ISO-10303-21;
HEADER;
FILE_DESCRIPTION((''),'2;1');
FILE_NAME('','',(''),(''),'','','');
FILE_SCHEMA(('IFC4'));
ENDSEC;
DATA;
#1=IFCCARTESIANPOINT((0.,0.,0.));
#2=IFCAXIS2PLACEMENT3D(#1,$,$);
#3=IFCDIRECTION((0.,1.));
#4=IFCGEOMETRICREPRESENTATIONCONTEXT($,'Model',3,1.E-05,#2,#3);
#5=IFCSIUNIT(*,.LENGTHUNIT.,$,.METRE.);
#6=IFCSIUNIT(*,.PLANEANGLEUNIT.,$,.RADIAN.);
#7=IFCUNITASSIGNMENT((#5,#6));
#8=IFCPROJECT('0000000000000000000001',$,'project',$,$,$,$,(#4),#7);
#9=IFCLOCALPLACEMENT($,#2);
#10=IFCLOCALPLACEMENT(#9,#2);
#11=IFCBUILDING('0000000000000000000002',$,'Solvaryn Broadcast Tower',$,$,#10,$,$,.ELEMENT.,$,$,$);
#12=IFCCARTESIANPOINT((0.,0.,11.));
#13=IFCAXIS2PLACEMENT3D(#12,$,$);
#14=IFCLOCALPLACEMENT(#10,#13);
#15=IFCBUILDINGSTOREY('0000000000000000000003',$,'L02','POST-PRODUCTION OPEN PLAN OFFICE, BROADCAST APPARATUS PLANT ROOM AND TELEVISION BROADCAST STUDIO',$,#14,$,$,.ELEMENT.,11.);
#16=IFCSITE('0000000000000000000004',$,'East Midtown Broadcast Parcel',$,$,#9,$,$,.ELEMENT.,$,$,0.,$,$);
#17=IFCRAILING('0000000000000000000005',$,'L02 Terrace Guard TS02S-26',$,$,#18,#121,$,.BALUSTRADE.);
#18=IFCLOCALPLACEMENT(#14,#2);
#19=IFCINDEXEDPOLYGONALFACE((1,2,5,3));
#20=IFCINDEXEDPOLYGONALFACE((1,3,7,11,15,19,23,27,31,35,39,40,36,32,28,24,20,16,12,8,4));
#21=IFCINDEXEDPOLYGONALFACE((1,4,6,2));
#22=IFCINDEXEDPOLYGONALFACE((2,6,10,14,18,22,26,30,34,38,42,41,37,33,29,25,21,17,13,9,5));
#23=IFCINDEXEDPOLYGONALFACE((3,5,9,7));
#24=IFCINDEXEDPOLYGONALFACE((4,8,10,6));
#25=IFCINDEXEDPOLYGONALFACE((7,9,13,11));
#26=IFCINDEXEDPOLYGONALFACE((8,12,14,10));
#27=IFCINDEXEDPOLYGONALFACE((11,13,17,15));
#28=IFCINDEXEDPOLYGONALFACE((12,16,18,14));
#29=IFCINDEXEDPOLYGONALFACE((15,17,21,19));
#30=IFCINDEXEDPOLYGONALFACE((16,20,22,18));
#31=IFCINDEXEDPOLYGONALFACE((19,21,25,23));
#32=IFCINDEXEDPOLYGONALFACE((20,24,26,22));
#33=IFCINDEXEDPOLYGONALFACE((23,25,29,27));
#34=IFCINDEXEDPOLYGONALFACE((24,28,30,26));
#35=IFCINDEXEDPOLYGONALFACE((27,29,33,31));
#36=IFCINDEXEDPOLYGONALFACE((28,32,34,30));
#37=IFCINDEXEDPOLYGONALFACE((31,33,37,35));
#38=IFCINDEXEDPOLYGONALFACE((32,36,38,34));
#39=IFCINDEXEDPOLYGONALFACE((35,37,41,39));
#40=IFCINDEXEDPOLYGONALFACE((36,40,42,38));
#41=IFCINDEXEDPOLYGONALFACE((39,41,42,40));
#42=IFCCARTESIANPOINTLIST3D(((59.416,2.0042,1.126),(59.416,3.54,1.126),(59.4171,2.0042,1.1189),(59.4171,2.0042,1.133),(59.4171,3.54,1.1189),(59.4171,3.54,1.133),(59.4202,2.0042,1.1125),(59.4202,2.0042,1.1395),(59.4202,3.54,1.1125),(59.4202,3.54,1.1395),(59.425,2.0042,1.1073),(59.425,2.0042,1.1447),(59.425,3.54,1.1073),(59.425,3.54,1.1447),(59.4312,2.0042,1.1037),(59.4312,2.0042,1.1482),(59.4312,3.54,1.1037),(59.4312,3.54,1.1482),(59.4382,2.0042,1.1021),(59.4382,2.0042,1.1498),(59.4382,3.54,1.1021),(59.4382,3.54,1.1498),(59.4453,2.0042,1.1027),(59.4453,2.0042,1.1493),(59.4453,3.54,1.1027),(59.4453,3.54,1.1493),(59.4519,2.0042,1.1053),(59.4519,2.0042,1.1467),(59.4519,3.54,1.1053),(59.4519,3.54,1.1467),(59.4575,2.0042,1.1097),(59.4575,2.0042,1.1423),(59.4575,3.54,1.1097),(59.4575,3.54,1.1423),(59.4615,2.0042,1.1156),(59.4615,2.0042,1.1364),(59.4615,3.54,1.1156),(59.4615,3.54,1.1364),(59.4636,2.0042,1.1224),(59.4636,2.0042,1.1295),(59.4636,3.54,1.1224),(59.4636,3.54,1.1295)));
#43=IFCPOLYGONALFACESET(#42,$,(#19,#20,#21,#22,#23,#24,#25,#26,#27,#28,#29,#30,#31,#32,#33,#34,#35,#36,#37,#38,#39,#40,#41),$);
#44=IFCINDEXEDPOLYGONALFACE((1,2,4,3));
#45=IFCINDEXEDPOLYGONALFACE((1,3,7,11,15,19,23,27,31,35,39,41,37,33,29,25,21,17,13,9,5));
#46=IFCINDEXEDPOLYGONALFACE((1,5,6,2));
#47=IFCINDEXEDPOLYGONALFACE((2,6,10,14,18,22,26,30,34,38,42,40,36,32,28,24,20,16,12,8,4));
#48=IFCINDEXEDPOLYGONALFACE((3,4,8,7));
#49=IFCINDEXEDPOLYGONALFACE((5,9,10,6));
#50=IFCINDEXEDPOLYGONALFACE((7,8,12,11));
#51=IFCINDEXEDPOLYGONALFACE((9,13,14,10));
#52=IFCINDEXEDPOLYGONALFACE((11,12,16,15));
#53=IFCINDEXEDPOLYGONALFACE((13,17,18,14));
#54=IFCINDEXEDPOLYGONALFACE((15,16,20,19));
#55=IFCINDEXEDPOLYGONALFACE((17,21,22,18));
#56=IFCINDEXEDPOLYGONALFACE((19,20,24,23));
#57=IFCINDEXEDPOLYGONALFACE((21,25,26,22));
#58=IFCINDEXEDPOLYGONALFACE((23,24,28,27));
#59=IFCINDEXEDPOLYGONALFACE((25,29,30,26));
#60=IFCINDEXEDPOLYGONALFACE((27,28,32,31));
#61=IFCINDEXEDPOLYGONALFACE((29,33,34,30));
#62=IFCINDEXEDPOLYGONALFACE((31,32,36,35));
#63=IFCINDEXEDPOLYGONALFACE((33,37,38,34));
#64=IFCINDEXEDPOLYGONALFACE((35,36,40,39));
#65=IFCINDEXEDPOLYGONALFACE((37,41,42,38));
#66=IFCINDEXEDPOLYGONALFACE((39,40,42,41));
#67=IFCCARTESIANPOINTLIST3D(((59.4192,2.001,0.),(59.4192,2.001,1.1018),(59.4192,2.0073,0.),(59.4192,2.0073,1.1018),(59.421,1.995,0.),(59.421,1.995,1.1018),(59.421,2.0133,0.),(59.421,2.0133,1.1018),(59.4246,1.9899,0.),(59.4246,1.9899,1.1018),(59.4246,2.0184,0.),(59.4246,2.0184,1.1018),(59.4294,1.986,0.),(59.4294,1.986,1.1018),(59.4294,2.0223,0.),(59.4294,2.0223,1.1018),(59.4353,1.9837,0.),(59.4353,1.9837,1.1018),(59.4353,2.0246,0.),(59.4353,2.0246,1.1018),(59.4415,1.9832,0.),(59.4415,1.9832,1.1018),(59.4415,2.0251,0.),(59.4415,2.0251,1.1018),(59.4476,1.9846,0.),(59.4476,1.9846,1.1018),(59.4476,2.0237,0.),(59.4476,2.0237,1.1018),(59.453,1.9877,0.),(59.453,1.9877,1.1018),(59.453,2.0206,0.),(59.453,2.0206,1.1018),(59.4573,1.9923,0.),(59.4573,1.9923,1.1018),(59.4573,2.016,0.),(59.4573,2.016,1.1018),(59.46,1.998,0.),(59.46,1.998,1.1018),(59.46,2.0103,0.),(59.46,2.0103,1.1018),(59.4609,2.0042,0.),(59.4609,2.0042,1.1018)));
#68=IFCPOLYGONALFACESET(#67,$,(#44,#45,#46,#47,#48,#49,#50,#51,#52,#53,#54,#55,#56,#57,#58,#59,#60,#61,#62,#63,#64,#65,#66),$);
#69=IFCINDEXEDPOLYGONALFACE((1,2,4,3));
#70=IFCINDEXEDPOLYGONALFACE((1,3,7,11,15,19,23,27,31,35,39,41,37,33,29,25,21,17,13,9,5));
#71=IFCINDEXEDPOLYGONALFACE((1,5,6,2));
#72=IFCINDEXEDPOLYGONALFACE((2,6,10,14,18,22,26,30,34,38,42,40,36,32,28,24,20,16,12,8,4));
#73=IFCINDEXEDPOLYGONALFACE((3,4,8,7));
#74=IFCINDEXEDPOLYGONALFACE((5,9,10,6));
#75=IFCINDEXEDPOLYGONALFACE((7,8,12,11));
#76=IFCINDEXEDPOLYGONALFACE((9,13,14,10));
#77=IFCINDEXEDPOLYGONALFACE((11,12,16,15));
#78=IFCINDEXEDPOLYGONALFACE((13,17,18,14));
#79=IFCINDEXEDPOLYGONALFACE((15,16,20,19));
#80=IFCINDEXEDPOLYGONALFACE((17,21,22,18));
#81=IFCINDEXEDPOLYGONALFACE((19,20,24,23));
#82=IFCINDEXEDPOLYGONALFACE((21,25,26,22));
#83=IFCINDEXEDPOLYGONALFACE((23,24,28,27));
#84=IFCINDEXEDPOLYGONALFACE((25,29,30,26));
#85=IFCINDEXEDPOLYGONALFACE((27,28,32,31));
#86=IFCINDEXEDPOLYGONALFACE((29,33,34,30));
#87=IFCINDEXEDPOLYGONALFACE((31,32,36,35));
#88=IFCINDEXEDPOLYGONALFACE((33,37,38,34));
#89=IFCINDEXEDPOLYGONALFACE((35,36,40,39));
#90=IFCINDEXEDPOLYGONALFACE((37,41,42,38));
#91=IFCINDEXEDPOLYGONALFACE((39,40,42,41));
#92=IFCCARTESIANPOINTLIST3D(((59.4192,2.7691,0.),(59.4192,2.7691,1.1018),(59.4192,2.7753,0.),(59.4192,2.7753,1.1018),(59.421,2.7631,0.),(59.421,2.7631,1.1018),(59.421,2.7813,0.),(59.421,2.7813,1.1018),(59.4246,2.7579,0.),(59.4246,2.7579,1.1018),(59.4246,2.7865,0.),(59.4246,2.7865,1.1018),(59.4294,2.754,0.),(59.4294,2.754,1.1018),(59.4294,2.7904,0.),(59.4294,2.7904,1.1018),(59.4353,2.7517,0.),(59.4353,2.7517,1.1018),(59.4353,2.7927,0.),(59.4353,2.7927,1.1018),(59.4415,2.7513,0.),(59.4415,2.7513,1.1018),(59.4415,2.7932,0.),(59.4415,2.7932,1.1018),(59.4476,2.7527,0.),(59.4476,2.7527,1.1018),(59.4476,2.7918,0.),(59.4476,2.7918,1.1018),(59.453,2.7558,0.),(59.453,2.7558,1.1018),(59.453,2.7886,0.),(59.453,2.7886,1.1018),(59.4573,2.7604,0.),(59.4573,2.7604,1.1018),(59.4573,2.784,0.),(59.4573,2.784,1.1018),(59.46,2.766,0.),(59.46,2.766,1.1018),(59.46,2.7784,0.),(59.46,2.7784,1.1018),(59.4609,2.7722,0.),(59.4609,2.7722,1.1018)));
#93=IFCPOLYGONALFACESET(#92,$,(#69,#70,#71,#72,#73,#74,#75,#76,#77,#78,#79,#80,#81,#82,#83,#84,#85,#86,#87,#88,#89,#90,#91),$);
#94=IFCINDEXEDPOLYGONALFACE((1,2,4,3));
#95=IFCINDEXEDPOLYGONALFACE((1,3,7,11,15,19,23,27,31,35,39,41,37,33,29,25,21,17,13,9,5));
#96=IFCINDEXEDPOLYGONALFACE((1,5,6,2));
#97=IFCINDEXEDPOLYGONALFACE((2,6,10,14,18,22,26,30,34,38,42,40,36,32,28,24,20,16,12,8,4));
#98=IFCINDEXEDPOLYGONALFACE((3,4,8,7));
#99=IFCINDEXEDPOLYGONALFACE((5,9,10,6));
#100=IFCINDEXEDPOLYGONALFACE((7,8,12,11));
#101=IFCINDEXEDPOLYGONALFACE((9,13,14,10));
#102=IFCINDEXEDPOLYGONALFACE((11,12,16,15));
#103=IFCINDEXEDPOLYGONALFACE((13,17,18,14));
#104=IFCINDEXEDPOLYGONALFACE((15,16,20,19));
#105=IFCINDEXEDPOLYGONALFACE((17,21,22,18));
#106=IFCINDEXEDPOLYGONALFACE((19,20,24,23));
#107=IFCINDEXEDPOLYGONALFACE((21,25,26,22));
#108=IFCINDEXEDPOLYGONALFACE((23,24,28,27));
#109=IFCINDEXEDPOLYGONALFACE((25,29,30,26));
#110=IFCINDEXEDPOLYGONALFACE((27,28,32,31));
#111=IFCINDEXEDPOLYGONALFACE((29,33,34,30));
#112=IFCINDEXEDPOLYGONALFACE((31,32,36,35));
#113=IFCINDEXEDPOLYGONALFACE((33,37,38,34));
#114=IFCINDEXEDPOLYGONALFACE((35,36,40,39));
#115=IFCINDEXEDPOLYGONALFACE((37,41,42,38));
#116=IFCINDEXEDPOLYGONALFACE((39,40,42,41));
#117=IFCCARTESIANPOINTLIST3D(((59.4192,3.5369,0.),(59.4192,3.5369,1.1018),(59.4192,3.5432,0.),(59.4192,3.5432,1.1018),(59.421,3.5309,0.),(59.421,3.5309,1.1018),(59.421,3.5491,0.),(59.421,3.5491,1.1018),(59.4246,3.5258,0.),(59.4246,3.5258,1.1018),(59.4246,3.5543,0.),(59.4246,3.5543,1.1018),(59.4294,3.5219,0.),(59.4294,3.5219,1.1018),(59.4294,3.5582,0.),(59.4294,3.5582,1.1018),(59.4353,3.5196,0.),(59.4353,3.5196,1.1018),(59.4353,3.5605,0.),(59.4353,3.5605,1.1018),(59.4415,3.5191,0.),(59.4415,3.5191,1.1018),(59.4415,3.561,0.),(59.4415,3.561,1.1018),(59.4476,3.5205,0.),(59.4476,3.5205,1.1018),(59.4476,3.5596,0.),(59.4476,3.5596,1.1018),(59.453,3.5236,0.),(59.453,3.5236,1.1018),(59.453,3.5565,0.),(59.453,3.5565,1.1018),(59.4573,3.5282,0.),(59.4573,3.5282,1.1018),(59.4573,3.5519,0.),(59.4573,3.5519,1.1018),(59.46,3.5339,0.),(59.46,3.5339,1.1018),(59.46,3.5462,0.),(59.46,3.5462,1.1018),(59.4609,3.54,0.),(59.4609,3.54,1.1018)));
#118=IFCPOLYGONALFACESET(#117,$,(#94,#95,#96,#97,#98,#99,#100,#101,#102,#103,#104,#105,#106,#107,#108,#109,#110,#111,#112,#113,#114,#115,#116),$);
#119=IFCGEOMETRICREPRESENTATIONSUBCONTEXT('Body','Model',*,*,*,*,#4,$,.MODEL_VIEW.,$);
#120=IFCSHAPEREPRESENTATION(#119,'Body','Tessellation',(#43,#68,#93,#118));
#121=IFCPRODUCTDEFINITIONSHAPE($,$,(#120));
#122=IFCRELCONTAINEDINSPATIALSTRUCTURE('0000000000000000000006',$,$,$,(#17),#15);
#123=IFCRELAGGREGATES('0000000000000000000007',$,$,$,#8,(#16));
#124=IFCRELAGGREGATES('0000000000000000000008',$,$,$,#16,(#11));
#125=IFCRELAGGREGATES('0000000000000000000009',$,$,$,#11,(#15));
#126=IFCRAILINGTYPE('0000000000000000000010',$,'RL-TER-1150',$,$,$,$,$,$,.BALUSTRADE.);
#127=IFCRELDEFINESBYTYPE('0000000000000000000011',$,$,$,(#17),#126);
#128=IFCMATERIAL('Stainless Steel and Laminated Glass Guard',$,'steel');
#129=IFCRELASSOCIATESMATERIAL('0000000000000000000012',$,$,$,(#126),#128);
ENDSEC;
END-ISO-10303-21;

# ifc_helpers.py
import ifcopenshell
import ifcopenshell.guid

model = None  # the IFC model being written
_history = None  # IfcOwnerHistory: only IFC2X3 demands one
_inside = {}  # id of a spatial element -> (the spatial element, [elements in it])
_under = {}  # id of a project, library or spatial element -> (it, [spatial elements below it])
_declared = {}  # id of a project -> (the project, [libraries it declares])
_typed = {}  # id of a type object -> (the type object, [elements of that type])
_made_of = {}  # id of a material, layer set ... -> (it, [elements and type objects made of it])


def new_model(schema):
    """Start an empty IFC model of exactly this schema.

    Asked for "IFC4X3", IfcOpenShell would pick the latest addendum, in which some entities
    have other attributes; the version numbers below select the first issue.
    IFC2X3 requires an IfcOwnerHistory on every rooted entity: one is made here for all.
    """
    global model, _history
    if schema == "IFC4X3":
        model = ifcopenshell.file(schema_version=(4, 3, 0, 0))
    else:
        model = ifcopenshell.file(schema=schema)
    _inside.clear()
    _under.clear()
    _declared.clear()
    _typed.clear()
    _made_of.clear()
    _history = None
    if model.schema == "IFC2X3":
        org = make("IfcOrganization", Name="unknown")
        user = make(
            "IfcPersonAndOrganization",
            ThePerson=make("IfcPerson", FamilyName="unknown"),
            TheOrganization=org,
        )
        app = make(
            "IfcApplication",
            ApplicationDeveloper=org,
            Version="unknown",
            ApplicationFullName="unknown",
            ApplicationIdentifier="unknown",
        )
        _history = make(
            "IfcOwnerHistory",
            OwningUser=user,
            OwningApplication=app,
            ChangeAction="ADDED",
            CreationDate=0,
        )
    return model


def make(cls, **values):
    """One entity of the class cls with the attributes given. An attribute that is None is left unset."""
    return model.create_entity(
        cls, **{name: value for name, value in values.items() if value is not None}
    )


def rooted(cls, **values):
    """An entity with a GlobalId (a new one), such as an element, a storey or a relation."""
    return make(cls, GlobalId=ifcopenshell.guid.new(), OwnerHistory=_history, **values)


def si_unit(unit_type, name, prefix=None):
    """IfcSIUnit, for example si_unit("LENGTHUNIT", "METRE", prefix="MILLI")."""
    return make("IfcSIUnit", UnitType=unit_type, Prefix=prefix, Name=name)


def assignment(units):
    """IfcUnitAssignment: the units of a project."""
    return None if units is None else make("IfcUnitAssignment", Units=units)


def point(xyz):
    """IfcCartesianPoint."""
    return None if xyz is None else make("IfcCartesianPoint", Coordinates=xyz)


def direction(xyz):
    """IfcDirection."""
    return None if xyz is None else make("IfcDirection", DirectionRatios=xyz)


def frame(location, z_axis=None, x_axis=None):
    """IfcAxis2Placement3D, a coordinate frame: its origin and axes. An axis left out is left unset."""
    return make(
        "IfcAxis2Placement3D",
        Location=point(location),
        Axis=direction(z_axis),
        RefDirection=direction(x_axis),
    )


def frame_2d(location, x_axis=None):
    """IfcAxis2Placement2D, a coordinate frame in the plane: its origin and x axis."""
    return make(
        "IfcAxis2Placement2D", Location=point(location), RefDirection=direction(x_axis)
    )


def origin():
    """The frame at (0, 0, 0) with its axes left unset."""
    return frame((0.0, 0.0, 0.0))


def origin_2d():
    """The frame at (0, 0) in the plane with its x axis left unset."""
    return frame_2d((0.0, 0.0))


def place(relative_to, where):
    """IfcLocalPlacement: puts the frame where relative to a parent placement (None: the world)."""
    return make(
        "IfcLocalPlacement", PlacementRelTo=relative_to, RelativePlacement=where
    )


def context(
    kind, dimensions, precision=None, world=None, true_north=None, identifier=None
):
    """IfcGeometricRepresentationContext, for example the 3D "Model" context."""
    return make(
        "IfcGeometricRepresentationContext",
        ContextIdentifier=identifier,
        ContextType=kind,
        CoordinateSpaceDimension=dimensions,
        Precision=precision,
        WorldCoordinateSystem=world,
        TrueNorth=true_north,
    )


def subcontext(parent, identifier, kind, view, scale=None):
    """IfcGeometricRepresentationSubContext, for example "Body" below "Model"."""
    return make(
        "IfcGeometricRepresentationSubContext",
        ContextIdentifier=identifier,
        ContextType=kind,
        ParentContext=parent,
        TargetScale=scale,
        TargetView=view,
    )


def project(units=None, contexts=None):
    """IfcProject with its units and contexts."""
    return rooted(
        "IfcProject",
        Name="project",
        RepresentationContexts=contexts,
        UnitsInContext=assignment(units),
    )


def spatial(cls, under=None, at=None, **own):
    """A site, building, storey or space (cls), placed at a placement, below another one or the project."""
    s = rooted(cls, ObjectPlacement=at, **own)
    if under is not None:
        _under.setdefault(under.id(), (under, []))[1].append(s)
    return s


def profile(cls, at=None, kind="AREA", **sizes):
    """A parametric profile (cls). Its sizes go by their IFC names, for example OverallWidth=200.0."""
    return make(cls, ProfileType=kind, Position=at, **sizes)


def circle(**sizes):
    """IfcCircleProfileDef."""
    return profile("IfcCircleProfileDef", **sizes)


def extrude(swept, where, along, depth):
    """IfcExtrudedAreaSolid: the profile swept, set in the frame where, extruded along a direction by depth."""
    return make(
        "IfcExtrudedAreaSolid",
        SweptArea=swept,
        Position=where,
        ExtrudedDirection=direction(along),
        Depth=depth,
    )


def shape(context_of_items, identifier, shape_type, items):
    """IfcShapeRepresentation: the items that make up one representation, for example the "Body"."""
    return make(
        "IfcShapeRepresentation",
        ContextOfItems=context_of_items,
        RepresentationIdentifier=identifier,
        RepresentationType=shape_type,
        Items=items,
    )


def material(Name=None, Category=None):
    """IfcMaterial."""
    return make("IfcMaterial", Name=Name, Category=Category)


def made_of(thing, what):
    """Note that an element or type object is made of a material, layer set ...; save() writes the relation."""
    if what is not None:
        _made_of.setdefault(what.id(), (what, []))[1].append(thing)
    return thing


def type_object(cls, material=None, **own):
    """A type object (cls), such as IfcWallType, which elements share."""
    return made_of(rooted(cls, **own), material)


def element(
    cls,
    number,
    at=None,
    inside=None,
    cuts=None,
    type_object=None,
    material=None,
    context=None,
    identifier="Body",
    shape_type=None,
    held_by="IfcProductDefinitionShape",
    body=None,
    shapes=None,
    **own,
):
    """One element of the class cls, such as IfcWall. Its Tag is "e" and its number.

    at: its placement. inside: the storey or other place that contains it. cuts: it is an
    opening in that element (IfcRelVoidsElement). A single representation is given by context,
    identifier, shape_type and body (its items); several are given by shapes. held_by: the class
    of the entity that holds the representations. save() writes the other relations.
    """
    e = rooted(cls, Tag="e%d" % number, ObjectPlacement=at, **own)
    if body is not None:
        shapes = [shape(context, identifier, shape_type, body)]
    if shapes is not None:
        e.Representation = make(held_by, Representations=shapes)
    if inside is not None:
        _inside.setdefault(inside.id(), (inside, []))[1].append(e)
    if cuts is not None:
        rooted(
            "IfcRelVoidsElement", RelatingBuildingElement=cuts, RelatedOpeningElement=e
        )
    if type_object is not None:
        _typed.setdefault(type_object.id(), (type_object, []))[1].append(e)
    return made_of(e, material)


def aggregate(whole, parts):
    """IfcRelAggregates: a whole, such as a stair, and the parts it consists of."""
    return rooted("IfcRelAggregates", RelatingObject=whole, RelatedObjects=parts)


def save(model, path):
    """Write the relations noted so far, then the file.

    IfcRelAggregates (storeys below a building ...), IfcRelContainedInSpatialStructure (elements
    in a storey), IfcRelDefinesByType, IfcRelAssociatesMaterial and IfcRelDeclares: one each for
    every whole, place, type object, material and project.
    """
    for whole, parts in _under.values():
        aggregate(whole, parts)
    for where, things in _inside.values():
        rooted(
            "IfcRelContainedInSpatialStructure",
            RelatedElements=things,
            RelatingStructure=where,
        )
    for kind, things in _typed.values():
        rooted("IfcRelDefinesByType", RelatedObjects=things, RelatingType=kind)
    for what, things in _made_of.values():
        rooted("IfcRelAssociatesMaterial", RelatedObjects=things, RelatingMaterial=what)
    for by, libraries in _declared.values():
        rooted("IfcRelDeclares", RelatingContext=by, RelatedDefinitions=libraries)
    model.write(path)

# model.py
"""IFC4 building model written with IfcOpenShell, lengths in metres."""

from ifc_helpers import new_model, si_unit, direction, frame, origin, origin_2d, place, context, subcontext, project, spatial, circle, extrude, material, type_object, element, save


model = new_model("IFC4")

# Units and contexts
model_context = context("Model", 3, precision=1e-05, world=origin(), true_north=direction((0.0, 1.0)))
body_context = subcontext(model_context, "Body", "Model", "MODEL_VIEW")
ifc_project = project(units=[si_unit("LENGTHUNIT", "METRE"), si_unit("PLANEANGLEUNIT", "RADIAN")], contexts=[model_context])

# Site, building, storey
site_placement = place(None, origin())
site = spatial("IfcSite", under=ifc_project, at=site_placement, Name="East Midtown Broadcast Parcel", CompositionType="ELEMENT", RefElevation=0.0)
building_placement = place(site_placement, origin())
building = spatial("IfcBuilding", under=site, at=building_placement, Name="Solvaryn Broadcast Tower", CompositionType="ELEMENT")
storey_placement = place(building_placement, frame((0.0, 0.0, 11.0)))
storey = spatial("IfcBuildingStorey", under=building, at=storey_placement, Name="L02", Description="POST-PRODUCTION OPEN PLAN OFFICE, BROADCAST APPARATUS PLANT ROOM AND TELEVISION BROADCAST STUDIO", CompositionType="ELEMENT", Elevation=11.0)

# Railing
ifc_material_1 = material(Name="Stainless Steel and Laminated Glass Guard", Category="steel")
railing_type = type_object("IfcRailingType", Name="RL-TER-1150", PredefinedType="BALUSTRADE", material=ifc_material_1)
railing_1_placement = place(storey_placement, frame((59.4399, 2.0042, 0.0)))
element("IfcRailing", 1, at=railing_1_placement, inside=storey, type_object=railing_type, Name="L02 Terrace Guard TS02S-26", PredefinedType="BALUSTRADE", context=body_context, shape_type="SweptSolid", body=[
    extrude(circle(Radius=0.0239, at=origin_2d()), frame((0.0, 0.0, 1.126), z_axis=(0.0, 1.0, 0.0), x_axis=(-1.0, 0.0, 0.0)), (0.0, 0.0, 1.0), 1.5359),
    extrude(circle(Radius=0.021, at=origin_2d()), origin(), (0.0, 0.0, 1.0), 1.1018),
    extrude(circle(Radius=0.021, at=origin_2d()), frame((0.0, 0.7681, 0.0)), (0.0, 0.0, 1.0), 1.1018),
    extrude(circle(Radius=0.021, at=origin_2d()), frame((0.0, 1.5359, 0.0)), (0.0, 0.0, 1.0), 1.1018),
])

save(model, "model.ifc")
